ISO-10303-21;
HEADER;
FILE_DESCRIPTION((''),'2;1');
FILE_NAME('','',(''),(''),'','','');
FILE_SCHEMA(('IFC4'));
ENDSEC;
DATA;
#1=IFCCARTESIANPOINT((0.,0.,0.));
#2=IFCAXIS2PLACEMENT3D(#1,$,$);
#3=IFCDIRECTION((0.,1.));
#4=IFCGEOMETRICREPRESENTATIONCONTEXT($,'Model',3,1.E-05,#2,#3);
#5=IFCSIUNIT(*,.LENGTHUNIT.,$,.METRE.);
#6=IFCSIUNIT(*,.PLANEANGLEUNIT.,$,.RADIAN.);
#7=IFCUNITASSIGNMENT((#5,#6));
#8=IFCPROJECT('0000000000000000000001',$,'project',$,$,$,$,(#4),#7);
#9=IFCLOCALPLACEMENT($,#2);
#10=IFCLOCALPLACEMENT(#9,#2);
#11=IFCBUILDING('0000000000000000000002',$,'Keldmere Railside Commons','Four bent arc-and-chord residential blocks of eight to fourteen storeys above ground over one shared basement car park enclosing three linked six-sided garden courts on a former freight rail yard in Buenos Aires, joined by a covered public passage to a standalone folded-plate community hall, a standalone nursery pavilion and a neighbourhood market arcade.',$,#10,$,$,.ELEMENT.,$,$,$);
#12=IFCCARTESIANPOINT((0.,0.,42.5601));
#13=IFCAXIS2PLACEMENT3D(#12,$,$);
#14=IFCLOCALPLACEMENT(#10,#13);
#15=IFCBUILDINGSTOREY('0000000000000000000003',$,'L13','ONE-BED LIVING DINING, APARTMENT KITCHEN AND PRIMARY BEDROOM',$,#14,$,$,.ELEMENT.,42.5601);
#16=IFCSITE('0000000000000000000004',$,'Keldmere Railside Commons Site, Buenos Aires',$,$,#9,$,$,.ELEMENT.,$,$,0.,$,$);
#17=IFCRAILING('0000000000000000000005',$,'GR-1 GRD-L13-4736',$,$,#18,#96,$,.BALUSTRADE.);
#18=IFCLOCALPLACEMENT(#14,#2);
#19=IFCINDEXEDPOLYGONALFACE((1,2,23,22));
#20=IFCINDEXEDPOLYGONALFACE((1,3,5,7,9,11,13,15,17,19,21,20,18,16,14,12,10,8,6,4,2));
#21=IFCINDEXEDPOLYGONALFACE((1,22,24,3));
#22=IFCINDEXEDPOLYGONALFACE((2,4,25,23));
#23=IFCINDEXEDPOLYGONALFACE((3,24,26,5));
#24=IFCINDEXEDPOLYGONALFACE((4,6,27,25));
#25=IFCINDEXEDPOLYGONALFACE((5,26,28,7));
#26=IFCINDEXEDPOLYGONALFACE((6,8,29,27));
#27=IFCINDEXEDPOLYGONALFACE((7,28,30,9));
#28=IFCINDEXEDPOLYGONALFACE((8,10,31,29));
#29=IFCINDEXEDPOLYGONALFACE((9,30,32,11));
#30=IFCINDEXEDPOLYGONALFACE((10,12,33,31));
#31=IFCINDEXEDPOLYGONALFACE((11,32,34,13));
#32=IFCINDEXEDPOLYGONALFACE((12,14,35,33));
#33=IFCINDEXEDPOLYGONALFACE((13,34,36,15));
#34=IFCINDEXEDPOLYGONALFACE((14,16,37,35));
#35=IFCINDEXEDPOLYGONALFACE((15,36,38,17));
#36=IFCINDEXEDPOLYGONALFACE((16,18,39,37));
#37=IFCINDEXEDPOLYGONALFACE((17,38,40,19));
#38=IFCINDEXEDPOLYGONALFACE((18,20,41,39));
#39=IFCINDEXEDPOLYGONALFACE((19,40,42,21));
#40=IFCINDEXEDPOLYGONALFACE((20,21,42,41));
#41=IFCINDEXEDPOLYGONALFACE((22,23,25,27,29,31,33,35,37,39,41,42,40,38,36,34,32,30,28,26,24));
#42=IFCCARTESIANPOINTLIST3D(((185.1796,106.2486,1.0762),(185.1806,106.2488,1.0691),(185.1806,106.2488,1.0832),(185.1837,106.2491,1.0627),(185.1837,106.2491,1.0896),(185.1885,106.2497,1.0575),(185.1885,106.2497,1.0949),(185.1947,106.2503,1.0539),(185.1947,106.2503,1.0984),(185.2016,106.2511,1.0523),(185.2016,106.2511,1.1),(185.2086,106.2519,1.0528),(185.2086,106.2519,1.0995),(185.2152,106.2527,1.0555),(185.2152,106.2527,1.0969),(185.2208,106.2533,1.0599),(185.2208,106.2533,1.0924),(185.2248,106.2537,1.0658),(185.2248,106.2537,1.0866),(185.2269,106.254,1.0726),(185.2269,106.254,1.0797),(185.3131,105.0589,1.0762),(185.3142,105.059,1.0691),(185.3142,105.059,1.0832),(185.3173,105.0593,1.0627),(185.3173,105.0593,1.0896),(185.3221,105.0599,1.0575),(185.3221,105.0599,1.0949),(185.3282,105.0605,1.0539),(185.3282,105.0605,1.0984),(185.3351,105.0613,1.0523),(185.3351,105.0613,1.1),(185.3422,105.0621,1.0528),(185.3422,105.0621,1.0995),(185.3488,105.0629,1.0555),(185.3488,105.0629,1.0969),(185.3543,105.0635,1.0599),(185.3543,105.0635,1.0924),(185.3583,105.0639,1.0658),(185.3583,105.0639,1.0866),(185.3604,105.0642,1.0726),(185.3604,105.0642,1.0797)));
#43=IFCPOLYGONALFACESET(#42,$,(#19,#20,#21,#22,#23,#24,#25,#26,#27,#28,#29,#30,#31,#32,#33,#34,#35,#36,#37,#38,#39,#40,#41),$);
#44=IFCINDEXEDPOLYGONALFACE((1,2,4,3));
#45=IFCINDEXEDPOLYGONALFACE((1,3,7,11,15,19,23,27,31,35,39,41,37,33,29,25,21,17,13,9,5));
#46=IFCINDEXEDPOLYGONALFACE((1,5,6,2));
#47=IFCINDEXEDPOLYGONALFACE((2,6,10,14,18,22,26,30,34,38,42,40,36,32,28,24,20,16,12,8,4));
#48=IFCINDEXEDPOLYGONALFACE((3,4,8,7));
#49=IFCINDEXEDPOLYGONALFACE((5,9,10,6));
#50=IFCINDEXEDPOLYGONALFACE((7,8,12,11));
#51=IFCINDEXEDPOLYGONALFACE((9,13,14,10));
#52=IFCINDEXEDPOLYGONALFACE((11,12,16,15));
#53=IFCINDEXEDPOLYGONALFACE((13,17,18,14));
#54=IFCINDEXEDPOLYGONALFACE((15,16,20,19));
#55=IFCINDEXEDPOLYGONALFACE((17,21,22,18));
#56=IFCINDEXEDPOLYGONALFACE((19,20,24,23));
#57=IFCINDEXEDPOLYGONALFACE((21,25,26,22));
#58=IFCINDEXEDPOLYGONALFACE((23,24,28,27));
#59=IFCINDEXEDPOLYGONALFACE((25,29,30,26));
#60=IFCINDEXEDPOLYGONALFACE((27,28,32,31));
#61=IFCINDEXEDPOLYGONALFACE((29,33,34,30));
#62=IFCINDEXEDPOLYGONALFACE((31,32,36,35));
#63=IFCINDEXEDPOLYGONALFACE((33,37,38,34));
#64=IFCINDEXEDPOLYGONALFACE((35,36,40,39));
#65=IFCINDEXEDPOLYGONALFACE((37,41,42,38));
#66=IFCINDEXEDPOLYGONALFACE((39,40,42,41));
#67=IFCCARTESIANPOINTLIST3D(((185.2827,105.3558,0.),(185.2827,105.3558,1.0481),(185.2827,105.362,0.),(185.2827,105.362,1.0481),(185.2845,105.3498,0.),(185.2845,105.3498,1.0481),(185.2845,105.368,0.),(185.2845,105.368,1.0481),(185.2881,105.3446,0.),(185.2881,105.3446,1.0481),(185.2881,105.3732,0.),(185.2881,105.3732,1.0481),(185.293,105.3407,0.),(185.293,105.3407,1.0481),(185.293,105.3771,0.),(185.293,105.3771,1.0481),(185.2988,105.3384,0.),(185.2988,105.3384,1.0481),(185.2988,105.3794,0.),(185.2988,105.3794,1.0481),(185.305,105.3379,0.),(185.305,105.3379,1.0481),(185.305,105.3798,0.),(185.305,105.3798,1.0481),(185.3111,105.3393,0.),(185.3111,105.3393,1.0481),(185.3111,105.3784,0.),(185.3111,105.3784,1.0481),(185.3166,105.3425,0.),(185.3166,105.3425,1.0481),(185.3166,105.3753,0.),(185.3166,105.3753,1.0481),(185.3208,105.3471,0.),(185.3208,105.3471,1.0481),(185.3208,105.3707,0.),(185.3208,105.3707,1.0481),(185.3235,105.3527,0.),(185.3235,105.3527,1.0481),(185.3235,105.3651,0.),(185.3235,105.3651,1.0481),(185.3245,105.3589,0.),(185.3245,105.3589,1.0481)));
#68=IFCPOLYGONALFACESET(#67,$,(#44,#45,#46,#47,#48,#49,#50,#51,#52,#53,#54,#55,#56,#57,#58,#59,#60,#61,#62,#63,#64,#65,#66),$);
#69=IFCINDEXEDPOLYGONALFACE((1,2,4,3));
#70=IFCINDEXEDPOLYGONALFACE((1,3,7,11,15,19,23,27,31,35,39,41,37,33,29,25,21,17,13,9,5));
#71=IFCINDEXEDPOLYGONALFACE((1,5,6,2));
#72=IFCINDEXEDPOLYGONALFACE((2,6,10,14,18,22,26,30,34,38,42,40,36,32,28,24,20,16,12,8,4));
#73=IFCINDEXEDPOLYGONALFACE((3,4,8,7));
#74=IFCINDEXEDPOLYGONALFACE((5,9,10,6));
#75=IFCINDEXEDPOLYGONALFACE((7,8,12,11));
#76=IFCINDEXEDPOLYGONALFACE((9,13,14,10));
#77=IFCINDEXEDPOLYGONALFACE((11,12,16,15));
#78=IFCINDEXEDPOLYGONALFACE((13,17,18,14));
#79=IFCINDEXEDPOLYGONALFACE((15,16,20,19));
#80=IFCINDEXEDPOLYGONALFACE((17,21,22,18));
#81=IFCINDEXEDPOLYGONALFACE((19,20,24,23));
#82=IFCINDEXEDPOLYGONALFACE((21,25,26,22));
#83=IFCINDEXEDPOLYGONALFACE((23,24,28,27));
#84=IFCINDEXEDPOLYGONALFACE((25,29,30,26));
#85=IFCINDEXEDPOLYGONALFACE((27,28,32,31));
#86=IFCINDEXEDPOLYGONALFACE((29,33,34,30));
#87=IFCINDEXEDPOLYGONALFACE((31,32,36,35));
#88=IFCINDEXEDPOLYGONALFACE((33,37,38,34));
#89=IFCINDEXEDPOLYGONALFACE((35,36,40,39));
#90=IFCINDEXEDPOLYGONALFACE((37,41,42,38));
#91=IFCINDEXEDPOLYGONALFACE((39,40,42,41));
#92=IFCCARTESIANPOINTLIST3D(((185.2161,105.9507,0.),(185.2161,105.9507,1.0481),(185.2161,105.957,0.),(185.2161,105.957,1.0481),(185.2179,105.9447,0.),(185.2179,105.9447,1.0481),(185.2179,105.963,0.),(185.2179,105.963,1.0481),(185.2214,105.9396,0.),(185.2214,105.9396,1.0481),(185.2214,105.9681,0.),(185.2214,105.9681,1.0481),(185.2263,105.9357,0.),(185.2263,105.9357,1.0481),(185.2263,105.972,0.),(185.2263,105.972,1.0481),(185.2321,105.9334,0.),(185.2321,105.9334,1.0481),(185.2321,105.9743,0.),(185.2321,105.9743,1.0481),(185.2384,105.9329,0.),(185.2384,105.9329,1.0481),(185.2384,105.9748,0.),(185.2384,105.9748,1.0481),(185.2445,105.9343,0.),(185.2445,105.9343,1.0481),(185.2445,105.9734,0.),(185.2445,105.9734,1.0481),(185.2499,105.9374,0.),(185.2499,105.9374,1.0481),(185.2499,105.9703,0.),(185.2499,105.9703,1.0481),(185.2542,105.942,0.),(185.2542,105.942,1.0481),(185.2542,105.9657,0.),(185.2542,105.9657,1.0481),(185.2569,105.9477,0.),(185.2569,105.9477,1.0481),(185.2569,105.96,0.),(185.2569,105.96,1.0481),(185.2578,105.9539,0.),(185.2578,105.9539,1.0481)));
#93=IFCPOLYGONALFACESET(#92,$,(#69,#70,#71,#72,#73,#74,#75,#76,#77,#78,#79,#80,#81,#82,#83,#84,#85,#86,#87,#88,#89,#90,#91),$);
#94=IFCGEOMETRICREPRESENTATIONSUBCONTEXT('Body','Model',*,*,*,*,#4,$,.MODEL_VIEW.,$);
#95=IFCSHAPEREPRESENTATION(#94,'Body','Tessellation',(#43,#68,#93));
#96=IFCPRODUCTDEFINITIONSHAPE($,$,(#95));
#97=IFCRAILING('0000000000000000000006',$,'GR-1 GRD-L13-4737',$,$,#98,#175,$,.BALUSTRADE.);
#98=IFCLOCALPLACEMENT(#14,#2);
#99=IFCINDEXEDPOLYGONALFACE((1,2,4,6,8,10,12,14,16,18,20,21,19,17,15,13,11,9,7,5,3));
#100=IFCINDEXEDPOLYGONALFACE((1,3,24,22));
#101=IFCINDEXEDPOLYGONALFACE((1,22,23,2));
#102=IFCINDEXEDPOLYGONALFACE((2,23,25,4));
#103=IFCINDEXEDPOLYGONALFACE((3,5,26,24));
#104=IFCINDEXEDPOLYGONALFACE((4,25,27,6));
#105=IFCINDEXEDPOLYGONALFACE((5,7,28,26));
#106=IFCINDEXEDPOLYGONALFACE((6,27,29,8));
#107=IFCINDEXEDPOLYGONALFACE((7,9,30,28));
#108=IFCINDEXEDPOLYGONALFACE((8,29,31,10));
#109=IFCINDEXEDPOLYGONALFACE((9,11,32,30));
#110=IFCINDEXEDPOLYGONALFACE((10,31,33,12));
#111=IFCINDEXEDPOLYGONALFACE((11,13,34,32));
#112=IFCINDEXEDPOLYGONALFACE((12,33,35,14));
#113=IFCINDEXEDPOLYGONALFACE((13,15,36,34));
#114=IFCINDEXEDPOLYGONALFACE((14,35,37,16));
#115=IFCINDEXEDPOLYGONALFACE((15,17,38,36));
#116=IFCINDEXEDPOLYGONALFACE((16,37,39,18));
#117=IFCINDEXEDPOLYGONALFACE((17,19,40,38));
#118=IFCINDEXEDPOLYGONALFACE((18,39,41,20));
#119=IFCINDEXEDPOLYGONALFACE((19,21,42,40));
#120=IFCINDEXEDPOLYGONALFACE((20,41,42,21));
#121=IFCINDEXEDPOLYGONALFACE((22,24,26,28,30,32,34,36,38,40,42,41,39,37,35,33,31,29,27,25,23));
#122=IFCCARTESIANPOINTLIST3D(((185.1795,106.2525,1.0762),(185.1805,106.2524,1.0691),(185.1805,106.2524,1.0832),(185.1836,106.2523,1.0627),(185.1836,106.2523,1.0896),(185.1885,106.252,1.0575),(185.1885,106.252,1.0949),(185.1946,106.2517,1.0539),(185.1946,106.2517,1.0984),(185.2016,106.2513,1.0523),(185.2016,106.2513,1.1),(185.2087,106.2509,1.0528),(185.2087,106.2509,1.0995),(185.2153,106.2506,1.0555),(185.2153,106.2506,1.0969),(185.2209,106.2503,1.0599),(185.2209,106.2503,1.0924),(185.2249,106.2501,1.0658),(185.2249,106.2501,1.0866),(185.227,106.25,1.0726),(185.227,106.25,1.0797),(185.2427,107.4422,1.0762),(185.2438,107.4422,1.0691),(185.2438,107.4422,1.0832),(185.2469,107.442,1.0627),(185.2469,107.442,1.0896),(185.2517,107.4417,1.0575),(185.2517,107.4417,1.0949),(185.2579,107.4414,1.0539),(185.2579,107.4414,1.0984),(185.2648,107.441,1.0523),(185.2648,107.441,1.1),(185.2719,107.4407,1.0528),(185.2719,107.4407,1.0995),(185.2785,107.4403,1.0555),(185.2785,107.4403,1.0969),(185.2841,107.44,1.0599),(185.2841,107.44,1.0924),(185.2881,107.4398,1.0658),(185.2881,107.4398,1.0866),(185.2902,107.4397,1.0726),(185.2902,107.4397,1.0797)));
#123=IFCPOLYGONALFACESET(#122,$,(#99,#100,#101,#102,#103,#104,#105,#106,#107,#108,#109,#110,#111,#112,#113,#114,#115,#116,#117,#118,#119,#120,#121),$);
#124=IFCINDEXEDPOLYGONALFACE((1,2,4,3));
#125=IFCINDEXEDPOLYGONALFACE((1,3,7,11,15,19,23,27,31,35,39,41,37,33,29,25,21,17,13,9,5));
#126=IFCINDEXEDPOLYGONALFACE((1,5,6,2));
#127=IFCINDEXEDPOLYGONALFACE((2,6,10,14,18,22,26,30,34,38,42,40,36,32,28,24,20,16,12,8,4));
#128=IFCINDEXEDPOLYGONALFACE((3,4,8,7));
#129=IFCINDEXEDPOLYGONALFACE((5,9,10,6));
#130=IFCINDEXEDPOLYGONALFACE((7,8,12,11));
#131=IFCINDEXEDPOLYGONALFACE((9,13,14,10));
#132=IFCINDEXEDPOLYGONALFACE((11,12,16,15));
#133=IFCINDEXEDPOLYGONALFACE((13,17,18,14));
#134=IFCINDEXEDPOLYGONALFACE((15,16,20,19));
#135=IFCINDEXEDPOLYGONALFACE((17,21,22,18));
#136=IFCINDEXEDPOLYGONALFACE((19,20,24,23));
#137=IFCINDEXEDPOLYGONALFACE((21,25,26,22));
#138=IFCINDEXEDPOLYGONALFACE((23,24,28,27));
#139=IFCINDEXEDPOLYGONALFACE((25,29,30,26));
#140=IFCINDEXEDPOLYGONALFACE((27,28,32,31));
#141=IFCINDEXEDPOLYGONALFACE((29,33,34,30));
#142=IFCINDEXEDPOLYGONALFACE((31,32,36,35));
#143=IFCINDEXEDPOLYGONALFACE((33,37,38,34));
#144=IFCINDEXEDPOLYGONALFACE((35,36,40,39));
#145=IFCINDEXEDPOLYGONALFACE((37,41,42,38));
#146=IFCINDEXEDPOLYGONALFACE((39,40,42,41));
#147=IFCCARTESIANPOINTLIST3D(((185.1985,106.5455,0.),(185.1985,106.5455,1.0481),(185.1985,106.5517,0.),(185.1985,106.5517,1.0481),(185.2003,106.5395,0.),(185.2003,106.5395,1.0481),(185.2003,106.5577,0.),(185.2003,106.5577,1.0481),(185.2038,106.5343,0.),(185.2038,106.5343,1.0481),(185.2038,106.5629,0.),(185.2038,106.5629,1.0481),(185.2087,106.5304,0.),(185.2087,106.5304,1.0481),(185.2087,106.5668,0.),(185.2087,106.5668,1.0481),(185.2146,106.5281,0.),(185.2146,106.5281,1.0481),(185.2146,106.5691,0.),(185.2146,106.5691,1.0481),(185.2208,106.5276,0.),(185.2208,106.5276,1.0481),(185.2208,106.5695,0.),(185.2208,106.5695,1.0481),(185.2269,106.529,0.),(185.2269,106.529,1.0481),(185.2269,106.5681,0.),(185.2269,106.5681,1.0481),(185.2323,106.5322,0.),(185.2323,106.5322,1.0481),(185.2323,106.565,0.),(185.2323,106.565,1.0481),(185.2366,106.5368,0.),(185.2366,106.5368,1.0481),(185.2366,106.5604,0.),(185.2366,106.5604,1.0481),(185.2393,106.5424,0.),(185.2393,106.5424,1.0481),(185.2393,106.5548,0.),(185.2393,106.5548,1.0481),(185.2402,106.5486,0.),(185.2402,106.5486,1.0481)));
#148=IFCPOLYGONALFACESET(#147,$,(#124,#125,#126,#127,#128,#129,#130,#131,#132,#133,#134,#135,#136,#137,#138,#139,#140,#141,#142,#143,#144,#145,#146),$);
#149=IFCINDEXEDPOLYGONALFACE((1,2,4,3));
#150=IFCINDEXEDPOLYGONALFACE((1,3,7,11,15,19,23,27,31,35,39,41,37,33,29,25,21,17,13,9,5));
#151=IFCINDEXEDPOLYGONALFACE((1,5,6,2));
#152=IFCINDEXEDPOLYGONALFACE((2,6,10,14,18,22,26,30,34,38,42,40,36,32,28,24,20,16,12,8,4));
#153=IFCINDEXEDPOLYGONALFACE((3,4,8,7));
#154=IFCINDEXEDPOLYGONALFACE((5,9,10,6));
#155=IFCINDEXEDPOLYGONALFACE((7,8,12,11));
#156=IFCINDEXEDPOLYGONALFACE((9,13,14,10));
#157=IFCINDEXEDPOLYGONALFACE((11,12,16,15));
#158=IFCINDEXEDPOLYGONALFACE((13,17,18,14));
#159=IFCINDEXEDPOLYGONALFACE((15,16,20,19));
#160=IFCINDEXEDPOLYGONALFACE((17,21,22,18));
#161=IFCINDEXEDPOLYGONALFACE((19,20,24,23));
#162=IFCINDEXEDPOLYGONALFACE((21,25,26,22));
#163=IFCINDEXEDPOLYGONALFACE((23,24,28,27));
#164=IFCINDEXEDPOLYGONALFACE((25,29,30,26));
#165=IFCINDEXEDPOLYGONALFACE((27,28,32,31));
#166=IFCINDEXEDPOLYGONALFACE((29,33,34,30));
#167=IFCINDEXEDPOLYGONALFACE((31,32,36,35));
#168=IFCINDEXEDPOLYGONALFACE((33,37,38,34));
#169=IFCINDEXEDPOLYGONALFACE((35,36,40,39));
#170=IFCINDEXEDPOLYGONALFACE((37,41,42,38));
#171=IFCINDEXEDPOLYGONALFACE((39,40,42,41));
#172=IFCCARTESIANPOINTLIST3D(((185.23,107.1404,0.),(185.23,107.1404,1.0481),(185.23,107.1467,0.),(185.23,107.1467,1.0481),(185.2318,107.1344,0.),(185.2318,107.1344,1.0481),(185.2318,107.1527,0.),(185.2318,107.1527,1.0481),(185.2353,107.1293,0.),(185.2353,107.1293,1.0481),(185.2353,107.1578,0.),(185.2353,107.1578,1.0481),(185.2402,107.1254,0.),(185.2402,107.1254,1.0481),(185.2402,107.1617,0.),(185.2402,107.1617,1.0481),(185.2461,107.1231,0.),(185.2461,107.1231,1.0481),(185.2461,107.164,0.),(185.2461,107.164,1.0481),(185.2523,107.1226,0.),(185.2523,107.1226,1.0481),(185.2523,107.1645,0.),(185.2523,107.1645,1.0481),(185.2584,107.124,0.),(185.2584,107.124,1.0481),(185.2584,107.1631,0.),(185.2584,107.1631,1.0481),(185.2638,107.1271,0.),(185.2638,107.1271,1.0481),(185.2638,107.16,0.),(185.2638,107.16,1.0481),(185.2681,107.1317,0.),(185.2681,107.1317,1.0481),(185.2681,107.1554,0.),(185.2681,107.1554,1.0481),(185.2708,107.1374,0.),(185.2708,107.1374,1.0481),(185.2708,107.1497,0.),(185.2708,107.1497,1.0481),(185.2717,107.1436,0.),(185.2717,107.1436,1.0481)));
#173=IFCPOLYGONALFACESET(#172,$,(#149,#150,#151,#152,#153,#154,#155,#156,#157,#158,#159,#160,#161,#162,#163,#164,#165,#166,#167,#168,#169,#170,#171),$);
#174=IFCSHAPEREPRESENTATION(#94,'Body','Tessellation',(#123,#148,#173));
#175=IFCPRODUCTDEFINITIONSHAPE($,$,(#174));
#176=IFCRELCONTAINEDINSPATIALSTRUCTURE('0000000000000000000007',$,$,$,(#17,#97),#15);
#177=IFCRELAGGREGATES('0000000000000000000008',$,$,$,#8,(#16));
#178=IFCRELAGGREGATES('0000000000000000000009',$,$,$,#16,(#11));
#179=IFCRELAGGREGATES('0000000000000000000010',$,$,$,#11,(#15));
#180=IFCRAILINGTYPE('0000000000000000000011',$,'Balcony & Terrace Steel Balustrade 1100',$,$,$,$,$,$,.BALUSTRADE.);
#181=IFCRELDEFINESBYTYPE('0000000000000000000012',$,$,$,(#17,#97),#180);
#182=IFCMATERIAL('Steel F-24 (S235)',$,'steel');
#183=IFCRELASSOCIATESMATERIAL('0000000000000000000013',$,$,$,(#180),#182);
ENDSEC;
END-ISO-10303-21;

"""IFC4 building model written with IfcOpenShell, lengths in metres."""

from ifc_helpers import new_model, si_unit, direction, frame, origin, origin_2d, place, context, subcontext, project, spatial, circle, extrude, material, type_object, element, save


model = new_model("IFC4")

# Units and contexts
model_context = context("Model", 3, precision=1e-05, world=origin(), true_north=direction((0.0, 1.0)))
body_context = subcontext(model_context, "Body", "Model", "MODEL_VIEW")
ifc_project = project(units=[si_unit("LENGTHUNIT", "METRE"), si_unit("PLANEANGLEUNIT", "RADIAN")], contexts=[model_context])

# Site, building, storey
site_placement = place(None, origin())
site = spatial("IfcSite", under=ifc_project, at=site_placement, Name="Keldmere Railside Commons Site, Buenos Aires", CompositionType="ELEMENT", RefElevation=0.0)
building_placement = place(site_placement, origin())
building = spatial("IfcBuilding", under=site, at=building_placement, Name="Keldmere Railside Commons", Description="Four bent arc-and-chord residential blocks of eight to fourteen storeys above ground over one shared basement car park enclosing three linked six-sided garden courts on a former freight rail yard in Buenos Aires, joined by a covered public passage to a standalone folded-plate community hall, a standalone nursery pavilion and a neighbourhood market arcade.", CompositionType="ELEMENT")
storey_placement = place(building_placement, frame((0.0, 0.0, 42.5601)))
storey = spatial("IfcBuildingStorey", under=building, at=storey_placement, Name="L13", Description="ONE-BED LIVING DINING, APARTMENT KITCHEN AND PRIMARY BEDROOM", CompositionType="ELEMENT", Elevation=42.5601)

# Railings
ifc_material_1 = material(Name="Steel F-24 (S235)", Category="steel")
railing_type = type_object("IfcRailingType", Name="Balcony & Terrace Steel Balustrade 1100", PredefinedType="BALUSTRADE", material=ifc_material_1)
railing_1_placement = place(storey_placement, frame((185.3369, 105.0615, 0.0)))
element("IfcRailing", 1, at=railing_1_placement, inside=storey, type_object=railing_type, Name="GR-1 GRD-L13-4736", PredefinedType="BALUSTRADE", context=body_context, shape_type="SweptSolid", body=[
    extrude(circle(Radius=0.0239, at=origin_2d()), frame((0.0, 0.0, 1.0762), z_axis=(-0.111551, 0.993759, 0.0), x_axis=(-0.993759, -0.111551, 0.0)), (0.0, 0.0, 1.0), 1.1973),
    extrude(circle(Radius=0.021, at=origin_2d()), frame((-0.0334, 0.2974, 0.0)), (0.0, 0.0, 1.0), 1.0481),
    extrude(circle(Radius=0.021, at=origin_2d()), frame((-0.1001, 0.8923, 0.0)), (0.0, 0.0, 1.0), 1.0481),
])
railing_2_placement = place(storey_placement, frame((185.2034, 106.2512, 0.0)))
element("IfcRailing", 2, at=railing_2_placement, inside=storey, type_object=railing_type, Name="GR-1 GRD-L13-4737", PredefinedType="BALUSTRADE", context=body_context, shape_type="SweptSolid", body=[
    extrude(circle(Radius=0.0239, at=origin_2d()), frame((0.0, 0.0, 1.0762), z_axis=(0.053075, 0.998591, 0.0), x_axis=(-0.998591, 0.053075, 0.0)), (0.0, 0.0, 1.0), 1.1914),
    extrude(circle(Radius=0.021, at=origin_2d()), frame((0.0159, 0.2974, 0.0)), (0.0, 0.0, 1.0), 1.0481),
    extrude(circle(Radius=0.021, at=origin_2d()), frame((0.0474, 0.8923, 0.0)), (0.0, 0.0, 1.0), 1.0481),
])

save(model, "model.ifc")
